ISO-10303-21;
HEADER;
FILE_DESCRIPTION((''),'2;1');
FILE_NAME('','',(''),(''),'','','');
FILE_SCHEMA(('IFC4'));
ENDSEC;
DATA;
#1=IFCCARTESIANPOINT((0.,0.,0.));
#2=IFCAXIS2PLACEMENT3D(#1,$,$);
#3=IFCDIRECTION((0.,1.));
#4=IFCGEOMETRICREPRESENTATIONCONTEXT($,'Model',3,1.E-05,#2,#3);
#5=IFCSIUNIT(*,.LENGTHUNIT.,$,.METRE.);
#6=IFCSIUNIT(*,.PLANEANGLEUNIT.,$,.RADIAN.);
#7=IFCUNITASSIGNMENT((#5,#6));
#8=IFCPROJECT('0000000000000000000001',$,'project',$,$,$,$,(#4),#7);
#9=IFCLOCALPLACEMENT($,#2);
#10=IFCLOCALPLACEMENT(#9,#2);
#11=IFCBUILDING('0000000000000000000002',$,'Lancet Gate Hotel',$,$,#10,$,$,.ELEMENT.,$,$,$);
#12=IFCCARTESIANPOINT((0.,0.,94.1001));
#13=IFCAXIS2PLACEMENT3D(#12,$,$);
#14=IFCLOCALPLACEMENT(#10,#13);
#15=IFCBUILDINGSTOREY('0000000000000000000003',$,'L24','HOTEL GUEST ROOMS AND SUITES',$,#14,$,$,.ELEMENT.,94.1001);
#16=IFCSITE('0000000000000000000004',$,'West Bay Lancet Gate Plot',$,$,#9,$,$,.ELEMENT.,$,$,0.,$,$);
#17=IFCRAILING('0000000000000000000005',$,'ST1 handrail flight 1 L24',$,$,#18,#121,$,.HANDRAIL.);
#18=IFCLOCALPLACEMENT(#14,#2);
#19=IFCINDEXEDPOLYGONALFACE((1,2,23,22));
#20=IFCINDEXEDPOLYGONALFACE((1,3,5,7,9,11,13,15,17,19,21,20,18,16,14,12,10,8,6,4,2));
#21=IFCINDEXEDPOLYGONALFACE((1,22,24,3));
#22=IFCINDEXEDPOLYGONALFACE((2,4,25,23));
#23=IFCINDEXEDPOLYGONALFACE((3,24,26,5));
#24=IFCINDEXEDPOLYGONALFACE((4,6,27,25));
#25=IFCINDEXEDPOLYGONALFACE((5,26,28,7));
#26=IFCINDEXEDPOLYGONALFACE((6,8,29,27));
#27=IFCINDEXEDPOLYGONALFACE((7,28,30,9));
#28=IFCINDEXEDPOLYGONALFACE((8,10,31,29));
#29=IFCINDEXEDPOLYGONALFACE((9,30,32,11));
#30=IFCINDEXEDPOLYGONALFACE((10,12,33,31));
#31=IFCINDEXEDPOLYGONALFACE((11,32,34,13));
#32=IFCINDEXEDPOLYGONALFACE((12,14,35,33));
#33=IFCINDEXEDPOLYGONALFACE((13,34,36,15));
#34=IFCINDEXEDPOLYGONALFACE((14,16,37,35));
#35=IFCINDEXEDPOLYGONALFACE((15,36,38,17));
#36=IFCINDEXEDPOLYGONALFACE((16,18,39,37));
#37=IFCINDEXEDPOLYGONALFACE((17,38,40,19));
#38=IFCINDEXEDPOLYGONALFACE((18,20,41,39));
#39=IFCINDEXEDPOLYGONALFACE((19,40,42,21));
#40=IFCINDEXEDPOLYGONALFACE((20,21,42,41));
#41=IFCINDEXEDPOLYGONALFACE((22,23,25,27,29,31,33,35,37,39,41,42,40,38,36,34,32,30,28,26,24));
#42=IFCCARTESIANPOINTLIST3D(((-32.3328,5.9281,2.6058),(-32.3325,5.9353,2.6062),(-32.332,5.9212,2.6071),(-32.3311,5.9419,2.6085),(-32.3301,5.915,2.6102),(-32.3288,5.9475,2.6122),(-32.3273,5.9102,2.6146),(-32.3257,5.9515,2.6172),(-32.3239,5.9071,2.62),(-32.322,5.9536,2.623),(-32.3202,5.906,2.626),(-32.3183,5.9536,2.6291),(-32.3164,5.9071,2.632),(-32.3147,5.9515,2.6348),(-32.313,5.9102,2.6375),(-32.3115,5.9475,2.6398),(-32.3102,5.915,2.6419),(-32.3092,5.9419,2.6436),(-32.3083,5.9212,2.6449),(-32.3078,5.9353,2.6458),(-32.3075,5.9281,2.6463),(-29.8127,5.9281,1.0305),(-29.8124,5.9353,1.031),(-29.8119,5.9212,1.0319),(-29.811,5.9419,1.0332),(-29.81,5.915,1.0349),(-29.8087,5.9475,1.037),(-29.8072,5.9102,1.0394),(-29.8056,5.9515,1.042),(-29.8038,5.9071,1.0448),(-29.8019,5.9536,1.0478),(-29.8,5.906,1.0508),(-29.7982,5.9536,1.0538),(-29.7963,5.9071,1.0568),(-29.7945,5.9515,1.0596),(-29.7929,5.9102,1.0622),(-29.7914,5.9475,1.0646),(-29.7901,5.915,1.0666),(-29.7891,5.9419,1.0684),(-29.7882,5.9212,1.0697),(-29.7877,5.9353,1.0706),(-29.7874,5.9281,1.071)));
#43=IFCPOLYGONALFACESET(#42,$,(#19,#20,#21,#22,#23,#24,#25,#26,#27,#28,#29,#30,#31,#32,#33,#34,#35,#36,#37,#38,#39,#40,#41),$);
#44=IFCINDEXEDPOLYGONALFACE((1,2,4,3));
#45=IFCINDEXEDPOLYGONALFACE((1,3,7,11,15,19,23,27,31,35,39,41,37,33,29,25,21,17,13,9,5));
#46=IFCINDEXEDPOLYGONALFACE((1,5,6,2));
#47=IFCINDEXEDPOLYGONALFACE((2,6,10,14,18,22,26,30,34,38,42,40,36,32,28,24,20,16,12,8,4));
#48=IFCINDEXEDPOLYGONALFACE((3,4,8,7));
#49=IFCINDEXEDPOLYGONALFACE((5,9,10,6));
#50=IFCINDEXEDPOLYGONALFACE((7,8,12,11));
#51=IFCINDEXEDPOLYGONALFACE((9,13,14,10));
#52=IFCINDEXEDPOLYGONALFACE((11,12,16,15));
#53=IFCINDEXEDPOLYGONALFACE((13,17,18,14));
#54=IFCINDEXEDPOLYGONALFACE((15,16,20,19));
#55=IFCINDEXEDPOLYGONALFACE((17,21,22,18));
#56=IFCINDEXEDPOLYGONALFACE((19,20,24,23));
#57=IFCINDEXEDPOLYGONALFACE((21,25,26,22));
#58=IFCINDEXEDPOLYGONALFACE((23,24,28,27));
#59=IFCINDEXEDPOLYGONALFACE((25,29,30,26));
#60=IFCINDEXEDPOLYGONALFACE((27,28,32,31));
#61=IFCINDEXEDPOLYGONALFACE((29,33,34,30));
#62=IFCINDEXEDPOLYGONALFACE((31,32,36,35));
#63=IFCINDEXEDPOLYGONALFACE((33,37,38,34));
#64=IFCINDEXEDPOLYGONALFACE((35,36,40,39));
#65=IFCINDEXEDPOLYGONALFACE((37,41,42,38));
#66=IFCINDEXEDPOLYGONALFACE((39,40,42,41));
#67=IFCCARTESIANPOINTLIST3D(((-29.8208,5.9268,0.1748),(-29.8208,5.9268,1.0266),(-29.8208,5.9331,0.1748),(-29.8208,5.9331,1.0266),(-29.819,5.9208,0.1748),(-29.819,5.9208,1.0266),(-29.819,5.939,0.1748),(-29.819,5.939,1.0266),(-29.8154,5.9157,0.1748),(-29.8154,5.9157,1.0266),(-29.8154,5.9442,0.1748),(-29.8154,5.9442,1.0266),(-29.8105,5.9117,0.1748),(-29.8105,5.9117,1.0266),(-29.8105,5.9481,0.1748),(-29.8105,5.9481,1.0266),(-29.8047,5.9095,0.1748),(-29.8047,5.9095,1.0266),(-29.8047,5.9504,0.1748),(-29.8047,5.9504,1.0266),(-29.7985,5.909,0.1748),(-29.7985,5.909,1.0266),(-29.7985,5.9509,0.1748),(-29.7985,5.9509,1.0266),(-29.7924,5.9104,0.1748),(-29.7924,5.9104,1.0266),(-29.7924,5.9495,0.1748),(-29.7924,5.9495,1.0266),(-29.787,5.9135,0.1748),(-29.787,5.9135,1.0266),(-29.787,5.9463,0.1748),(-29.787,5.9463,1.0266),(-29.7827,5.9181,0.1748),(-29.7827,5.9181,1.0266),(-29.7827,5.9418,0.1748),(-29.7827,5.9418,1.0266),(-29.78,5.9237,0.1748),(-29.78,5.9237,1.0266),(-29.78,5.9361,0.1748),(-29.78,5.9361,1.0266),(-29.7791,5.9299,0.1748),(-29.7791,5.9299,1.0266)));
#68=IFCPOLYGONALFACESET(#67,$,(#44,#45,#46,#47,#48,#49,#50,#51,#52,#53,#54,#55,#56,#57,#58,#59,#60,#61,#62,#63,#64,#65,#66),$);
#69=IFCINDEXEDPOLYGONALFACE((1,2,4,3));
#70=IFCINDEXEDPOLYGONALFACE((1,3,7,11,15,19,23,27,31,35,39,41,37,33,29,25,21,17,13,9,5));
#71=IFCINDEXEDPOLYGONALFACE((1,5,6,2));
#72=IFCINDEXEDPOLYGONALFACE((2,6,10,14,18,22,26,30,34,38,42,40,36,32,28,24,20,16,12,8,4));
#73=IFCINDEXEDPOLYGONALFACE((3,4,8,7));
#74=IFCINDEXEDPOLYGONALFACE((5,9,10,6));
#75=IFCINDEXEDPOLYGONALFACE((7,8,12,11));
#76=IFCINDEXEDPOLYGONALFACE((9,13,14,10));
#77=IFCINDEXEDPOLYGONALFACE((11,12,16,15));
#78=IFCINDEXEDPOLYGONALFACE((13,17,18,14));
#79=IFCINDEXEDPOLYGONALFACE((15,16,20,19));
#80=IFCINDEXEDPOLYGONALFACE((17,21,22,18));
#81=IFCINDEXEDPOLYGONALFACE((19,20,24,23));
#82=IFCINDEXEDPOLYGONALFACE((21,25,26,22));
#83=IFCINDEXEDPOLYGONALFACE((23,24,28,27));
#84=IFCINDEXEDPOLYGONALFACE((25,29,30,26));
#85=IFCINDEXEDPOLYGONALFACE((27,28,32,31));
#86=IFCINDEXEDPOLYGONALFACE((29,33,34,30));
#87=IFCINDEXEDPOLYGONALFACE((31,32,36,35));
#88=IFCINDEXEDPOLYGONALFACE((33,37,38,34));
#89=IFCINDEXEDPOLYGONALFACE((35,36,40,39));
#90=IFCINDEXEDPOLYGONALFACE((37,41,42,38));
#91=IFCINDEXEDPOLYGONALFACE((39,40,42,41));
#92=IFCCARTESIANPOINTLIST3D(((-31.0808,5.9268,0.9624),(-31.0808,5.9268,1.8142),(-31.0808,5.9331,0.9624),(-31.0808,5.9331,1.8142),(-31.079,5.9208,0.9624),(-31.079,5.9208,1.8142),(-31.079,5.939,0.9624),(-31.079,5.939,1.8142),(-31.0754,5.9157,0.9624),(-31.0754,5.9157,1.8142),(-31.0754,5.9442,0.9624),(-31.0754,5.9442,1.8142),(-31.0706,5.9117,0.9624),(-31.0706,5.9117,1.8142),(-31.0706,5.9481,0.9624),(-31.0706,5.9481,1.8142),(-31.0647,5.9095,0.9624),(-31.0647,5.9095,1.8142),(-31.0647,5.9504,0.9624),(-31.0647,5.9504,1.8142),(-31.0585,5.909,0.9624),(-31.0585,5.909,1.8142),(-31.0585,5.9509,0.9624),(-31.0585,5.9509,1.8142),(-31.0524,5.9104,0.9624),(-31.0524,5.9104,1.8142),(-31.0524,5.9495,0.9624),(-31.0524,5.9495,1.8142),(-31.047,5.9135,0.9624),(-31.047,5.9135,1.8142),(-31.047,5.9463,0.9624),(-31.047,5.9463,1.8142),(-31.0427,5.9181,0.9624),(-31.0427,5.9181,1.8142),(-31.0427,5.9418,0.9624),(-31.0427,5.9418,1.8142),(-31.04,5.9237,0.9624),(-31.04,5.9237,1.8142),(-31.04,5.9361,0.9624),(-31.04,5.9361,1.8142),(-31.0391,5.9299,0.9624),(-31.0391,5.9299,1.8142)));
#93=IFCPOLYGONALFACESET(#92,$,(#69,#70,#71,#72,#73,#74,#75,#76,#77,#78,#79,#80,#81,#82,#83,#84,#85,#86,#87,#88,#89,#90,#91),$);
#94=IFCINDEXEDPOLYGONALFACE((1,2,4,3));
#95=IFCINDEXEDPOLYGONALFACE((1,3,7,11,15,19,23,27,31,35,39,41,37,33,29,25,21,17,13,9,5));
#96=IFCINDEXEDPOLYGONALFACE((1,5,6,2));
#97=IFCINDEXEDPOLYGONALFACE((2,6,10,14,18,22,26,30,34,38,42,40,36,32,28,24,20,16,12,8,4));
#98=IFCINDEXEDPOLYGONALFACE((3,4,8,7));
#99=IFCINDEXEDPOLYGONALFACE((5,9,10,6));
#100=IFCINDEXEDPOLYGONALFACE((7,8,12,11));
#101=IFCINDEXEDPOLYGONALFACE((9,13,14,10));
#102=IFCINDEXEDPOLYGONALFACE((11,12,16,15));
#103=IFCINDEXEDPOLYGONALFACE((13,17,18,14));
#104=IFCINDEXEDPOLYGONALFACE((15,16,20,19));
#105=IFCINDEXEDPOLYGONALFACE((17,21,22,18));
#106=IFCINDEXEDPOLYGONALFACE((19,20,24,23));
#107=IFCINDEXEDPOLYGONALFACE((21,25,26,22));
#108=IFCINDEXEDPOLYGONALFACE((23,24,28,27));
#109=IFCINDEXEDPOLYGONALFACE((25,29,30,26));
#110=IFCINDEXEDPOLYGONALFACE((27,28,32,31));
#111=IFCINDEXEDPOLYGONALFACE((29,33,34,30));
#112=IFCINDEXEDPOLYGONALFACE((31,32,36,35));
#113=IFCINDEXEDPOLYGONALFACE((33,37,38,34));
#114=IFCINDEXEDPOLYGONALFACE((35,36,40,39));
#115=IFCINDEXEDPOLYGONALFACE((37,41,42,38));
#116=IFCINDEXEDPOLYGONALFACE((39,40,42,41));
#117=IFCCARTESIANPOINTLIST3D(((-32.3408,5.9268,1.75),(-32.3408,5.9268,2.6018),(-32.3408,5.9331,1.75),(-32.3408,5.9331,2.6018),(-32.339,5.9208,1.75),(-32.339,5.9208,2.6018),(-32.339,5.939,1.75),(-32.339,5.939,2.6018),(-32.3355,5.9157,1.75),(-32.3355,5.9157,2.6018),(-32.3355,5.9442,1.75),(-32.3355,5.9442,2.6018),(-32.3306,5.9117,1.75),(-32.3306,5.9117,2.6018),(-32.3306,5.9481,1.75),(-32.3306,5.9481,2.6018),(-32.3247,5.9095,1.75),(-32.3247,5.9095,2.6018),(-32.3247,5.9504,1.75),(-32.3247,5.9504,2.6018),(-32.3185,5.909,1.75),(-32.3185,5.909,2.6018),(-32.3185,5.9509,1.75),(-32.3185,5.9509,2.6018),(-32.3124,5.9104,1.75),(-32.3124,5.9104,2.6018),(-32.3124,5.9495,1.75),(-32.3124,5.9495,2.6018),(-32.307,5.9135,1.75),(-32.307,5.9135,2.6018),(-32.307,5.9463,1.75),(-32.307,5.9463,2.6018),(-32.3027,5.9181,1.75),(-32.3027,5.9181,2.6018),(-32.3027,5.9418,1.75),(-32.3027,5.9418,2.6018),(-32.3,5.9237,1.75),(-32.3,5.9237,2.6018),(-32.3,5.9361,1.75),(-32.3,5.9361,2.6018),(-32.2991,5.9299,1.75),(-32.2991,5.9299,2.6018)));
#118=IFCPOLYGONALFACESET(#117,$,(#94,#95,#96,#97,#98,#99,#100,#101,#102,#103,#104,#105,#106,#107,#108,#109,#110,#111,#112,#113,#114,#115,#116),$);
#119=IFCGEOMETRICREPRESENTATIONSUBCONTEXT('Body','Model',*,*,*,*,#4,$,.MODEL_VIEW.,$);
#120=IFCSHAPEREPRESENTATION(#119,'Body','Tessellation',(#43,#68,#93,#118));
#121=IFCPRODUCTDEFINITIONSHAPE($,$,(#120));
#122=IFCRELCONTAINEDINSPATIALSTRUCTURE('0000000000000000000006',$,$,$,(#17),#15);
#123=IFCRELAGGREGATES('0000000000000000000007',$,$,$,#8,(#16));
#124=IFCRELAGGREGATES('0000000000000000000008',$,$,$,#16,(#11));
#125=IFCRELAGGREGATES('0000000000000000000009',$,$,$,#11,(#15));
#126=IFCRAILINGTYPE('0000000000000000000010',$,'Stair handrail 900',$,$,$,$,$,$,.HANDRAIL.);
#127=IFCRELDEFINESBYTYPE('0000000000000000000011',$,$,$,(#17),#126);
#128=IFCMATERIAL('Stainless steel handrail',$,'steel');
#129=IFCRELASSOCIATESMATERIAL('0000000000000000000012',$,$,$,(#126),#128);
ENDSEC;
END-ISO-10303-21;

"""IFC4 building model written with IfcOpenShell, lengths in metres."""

from ifc_helpers import new_model, si_unit, direction, frame, origin, origin_2d, place, context, subcontext, project, spatial, circle, extrude, material, type_object, element, save


model = new_model("IFC4")

# Units and contexts
model_context = context("Model", 3, precision=1e-05, world=origin(), true_north=direction((0.0, 1.0)))
body_context = subcontext(model_context, "Body", "Model", "MODEL_VIEW")
ifc_project = project(units=[si_unit("LENGTHUNIT", "METRE"), si_unit("PLANEANGLEUNIT", "RADIAN")], contexts=[model_context])

# Site, building, storey
site_placement = place(None, origin())
site = spatial("IfcSite", under=ifc_project, at=site_placement, Name="West Bay Lancet Gate Plot", CompositionType="ELEMENT", RefElevation=0.0)
building_placement = place(site_placement, origin())
building = spatial("IfcBuilding", under=site, at=building_placement, Name="Lancet Gate Hotel", CompositionType="ELEMENT")
storey_placement = place(building_placement, frame((0.0, 0.0, 94.1001)))
storey = spatial("IfcBuildingStorey", under=building, at=storey_placement, Name="L24", Description="HOTEL GUEST ROOMS AND SUITES", CompositionType="ELEMENT", Elevation=94.1001)

# Railing
ifc_material_1 = material(Name="Stainless steel handrail", Category="steel")
railing_type = type_object("IfcRailingType", Name="Stair handrail 900", PredefinedType="HANDRAIL", material=ifc_material_1)
railing_1_placement = place(storey_placement, frame((-29.8, 5.9299, 0.1748)))
element("IfcRailing", 1, at=railing_1_placement, inside=storey, type_object=railing_type, Name="ST1 handrail flight 1 L24", PredefinedType="HANDRAIL", context=body_context, shape_type="SweptSolid", body=[
    extrude(circle(Radius=0.0239, at=origin_2d()), frame((0.0, 0.0, 0.876), z_axis=(-0.847971, 0.0, 0.530043), x_axis=(0.0, -1.0, 0.0)), (0.0, 0.0, 1.0), 2.9719),
    extrude(circle(Radius=0.021, at=origin_2d()), origin(), (0.0, 0.0, 1.0), 0.8518),
    extrude(circle(Radius=0.021, at=origin_2d()), frame((-1.26, 0.0, 0.7876)), (0.0, 0.0, 1.0), 0.8518),
    extrude(circle(Radius=0.021, at=origin_2d()), frame((-2.52, 0.0, 1.5752)), (0.0, 0.0, 1.0), 0.8518),
])

save(model, "model.ifc")
